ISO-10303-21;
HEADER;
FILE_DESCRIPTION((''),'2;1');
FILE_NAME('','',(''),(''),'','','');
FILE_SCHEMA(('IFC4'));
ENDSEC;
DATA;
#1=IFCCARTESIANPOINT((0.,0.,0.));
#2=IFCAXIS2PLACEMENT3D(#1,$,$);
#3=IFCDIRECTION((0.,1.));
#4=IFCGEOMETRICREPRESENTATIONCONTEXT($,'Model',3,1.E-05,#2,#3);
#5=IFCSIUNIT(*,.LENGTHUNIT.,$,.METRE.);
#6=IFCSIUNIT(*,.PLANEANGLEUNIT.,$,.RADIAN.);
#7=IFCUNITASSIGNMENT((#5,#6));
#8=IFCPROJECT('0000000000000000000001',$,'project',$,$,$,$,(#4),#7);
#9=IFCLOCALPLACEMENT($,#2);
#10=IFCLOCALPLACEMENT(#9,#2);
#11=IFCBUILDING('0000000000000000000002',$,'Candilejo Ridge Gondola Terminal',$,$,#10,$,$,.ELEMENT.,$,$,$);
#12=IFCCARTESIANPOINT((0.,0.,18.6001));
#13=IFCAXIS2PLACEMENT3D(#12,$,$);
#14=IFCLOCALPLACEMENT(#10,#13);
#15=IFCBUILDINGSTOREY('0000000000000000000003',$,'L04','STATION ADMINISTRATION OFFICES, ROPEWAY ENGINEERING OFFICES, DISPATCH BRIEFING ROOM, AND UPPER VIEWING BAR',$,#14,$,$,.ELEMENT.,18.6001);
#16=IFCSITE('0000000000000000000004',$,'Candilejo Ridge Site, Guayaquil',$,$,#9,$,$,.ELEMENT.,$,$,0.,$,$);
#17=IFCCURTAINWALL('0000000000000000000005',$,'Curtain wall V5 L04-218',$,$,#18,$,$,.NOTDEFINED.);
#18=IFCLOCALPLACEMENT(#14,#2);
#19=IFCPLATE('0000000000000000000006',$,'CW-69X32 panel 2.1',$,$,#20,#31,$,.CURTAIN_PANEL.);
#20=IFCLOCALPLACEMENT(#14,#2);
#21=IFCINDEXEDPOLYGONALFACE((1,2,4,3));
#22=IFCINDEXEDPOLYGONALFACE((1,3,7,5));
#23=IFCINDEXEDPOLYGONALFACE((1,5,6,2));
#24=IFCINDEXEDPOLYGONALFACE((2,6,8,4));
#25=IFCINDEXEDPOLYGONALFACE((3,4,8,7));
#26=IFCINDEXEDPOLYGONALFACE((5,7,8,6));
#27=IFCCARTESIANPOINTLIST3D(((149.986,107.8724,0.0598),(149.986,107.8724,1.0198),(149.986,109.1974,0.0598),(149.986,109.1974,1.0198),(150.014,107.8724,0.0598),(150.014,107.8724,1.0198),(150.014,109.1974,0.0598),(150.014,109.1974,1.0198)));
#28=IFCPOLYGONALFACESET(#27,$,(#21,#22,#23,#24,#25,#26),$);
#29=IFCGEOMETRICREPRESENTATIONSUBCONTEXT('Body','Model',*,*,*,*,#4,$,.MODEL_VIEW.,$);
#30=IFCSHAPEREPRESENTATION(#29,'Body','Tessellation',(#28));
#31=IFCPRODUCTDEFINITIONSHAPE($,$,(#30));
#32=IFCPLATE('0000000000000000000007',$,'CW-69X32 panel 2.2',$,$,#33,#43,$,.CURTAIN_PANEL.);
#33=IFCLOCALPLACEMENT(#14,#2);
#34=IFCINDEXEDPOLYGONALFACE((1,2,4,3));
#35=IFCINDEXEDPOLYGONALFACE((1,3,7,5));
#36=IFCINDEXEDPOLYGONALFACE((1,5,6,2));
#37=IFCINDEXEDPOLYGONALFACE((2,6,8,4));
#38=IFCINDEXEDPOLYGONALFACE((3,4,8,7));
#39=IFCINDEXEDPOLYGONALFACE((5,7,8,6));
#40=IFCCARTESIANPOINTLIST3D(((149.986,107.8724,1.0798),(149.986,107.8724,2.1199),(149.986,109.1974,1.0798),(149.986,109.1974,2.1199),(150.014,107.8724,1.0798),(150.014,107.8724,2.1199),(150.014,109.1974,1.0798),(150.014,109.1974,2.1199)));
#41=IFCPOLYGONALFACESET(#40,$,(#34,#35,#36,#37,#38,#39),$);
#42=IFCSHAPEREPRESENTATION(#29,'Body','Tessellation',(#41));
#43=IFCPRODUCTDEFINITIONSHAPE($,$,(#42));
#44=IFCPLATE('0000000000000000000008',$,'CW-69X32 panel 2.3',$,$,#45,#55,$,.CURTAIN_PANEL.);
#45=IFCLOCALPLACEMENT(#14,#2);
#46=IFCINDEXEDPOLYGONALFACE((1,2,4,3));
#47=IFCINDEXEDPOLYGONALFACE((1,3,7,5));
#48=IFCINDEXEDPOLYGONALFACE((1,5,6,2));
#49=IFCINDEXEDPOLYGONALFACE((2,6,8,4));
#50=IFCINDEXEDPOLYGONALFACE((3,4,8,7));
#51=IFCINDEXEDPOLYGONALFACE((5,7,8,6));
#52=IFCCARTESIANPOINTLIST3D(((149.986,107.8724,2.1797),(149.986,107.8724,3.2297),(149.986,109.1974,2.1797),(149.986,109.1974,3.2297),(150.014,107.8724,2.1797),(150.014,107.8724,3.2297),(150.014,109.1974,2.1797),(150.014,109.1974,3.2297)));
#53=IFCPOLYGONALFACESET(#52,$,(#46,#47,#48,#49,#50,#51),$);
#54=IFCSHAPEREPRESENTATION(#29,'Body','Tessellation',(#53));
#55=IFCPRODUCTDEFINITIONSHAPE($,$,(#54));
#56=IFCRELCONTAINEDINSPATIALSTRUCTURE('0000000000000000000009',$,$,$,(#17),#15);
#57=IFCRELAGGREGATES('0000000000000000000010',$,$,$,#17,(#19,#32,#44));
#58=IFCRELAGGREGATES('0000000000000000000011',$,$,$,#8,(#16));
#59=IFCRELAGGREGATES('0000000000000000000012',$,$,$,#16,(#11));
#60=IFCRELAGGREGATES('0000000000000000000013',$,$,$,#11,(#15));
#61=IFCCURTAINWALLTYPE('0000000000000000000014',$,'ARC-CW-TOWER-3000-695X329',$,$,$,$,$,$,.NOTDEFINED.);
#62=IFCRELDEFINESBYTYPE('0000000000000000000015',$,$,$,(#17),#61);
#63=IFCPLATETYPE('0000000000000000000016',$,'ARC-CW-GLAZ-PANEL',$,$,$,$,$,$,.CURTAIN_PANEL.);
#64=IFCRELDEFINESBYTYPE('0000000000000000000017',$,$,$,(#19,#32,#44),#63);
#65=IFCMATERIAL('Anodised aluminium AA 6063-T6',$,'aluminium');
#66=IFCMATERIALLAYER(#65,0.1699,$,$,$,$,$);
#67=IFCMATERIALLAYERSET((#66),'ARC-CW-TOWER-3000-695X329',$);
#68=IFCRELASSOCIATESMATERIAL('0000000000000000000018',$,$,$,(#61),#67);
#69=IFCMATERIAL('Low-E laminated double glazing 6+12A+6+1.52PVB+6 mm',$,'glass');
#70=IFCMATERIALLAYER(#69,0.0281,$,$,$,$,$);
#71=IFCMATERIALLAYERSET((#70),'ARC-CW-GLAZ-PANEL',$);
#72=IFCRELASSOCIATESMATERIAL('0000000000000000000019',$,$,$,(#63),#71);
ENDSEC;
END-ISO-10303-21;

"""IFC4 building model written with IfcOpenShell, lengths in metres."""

from ifc_helpers import new_model, si_unit, direction, frame, origin, origin_2d, place, context, subcontext, project, spatial, rectangle, extrude, material, layer, layer_set, type_object, element, aggregate, save


model = new_model("IFC4")

# Units and contexts
model_context = context("Model", 3, precision=1e-05, world=origin(), true_north=direction((0.0, 1.0)))
body_context = subcontext(model_context, "Body", "Model", "MODEL_VIEW")
ifc_project = project(units=[si_unit("LENGTHUNIT", "METRE"), si_unit("PLANEANGLEUNIT", "RADIAN")], contexts=[model_context])

# Site, building, storey
site_placement = place(None, origin())
site = spatial("IfcSite", under=ifc_project, at=site_placement, Name="Candilejo Ridge Site, Guayaquil", CompositionType="ELEMENT", RefElevation=0.0)
building_placement = place(site_placement, origin())
building = spatial("IfcBuilding", under=site, at=building_placement, Name="Candilejo Ridge Gondola Terminal", CompositionType="ELEMENT")
storey_placement = place(building_placement, frame((0.0, 0.0, 18.6001)))
storey = spatial("IfcBuildingStorey", under=building, at=storey_placement, Name="L04", Description="STATION ADMINISTRATION OFFICES, ROPEWAY ENGINEERING OFFICES, DISPATCH BRIEFING ROOM, AND UPPER VIEWING BAR", CompositionType="ELEMENT", Elevation=18.6001)

# Curtain wall
ifc_material_1 = material(Name="Anodised aluminium AA 6063-T6", Category="aluminium")
ifc_layer_1 = layer(ifc_material_1, 0.1699)
ifc_layer_set_1 = layer_set([ifc_layer_1], Name="ARC-CW-TOWER-3000-695X329")
curtain_wall_type = type_object("IfcCurtainWallType", Name="ARC-CW-TOWER-3000-695X329", PredefinedType="NOTDEFINED", material=ifc_layer_set_1)
curtain_wall_1_placement = place(storey_placement, origin())
curtain_wall_1 = element("IfcCurtainWall", 1, at=curtain_wall_1_placement, inside=storey, type_object=curtain_wall_type, Name="Curtain wall V5 L04-218", PredefinedType="NOTDEFINED")

# Plates
ifc_material_2 = material(Name="Low-E laminated double glazing 6+12A+6+1.52PVB+6 mm", Category="glass")
ifc_layer_2 = layer(ifc_material_2, 0.0281)
ifc_layer_set_2 = layer_set([ifc_layer_2], Name="ARC-CW-GLAZ-PANEL")
plate_type = type_object("IfcPlateType", Name="ARC-CW-GLAZ-PANEL", PredefinedType="CURTAIN_PANEL", material=ifc_layer_set_2)
plate_1_placement = place(storey_placement, frame((150.0, 108.5349, 0.0598), z_axis=(0.0, 0.0, 1.0), x_axis=(0.0, 1.0, 0.0)))
plate_1 = element("IfcPlate", 2, at=plate_1_placement, type_object=plate_type, Name="CW-69X32 panel 2.1", PredefinedType="CURTAIN_PANEL", context=body_context, shape_type="SweptSolid", body=[
    extrude(rectangle(XDim=1.325, YDim=0.0281, at=origin_2d()), origin(), (0.0, 0.0, 1.0), 0.96),
])
plate_2_placement = place(storey_placement, frame((150.0, 108.5349, 1.0798), z_axis=(0.0, 0.0, 1.0), x_axis=(0.0, 1.0, 0.0)))
plate_2 = element("IfcPlate", 3, at=plate_2_placement, type_object=plate_type, Name="CW-69X32 panel 2.2", PredefinedType="CURTAIN_PANEL", context=body_context, shape_type="SweptSolid", body=[
    extrude(rectangle(XDim=1.325, YDim=0.0281, at=origin_2d()), origin(), (0.0, 0.0, 1.0), 1.04),
])
plate_3_placement = place(storey_placement, frame((150.0, 108.5349, 2.1797), z_axis=(0.0, 0.0, 1.0), x_axis=(0.0, 1.0, 0.0)))
plate_3 = element("IfcPlate", 4, at=plate_3_placement, type_object=plate_type, Name="CW-69X32 panel 2.3", PredefinedType="CURTAIN_PANEL", context=body_context, shape_type="SweptSolid", body=[
    extrude(rectangle(XDim=1.325, YDim=0.0281, at=origin_2d()), origin(), (0.0, 0.0, 1.0), 1.05),
])
aggregate(curtain_wall_1, [plate_1, plate_2, plate_3])

save(model, "model.ifc")
